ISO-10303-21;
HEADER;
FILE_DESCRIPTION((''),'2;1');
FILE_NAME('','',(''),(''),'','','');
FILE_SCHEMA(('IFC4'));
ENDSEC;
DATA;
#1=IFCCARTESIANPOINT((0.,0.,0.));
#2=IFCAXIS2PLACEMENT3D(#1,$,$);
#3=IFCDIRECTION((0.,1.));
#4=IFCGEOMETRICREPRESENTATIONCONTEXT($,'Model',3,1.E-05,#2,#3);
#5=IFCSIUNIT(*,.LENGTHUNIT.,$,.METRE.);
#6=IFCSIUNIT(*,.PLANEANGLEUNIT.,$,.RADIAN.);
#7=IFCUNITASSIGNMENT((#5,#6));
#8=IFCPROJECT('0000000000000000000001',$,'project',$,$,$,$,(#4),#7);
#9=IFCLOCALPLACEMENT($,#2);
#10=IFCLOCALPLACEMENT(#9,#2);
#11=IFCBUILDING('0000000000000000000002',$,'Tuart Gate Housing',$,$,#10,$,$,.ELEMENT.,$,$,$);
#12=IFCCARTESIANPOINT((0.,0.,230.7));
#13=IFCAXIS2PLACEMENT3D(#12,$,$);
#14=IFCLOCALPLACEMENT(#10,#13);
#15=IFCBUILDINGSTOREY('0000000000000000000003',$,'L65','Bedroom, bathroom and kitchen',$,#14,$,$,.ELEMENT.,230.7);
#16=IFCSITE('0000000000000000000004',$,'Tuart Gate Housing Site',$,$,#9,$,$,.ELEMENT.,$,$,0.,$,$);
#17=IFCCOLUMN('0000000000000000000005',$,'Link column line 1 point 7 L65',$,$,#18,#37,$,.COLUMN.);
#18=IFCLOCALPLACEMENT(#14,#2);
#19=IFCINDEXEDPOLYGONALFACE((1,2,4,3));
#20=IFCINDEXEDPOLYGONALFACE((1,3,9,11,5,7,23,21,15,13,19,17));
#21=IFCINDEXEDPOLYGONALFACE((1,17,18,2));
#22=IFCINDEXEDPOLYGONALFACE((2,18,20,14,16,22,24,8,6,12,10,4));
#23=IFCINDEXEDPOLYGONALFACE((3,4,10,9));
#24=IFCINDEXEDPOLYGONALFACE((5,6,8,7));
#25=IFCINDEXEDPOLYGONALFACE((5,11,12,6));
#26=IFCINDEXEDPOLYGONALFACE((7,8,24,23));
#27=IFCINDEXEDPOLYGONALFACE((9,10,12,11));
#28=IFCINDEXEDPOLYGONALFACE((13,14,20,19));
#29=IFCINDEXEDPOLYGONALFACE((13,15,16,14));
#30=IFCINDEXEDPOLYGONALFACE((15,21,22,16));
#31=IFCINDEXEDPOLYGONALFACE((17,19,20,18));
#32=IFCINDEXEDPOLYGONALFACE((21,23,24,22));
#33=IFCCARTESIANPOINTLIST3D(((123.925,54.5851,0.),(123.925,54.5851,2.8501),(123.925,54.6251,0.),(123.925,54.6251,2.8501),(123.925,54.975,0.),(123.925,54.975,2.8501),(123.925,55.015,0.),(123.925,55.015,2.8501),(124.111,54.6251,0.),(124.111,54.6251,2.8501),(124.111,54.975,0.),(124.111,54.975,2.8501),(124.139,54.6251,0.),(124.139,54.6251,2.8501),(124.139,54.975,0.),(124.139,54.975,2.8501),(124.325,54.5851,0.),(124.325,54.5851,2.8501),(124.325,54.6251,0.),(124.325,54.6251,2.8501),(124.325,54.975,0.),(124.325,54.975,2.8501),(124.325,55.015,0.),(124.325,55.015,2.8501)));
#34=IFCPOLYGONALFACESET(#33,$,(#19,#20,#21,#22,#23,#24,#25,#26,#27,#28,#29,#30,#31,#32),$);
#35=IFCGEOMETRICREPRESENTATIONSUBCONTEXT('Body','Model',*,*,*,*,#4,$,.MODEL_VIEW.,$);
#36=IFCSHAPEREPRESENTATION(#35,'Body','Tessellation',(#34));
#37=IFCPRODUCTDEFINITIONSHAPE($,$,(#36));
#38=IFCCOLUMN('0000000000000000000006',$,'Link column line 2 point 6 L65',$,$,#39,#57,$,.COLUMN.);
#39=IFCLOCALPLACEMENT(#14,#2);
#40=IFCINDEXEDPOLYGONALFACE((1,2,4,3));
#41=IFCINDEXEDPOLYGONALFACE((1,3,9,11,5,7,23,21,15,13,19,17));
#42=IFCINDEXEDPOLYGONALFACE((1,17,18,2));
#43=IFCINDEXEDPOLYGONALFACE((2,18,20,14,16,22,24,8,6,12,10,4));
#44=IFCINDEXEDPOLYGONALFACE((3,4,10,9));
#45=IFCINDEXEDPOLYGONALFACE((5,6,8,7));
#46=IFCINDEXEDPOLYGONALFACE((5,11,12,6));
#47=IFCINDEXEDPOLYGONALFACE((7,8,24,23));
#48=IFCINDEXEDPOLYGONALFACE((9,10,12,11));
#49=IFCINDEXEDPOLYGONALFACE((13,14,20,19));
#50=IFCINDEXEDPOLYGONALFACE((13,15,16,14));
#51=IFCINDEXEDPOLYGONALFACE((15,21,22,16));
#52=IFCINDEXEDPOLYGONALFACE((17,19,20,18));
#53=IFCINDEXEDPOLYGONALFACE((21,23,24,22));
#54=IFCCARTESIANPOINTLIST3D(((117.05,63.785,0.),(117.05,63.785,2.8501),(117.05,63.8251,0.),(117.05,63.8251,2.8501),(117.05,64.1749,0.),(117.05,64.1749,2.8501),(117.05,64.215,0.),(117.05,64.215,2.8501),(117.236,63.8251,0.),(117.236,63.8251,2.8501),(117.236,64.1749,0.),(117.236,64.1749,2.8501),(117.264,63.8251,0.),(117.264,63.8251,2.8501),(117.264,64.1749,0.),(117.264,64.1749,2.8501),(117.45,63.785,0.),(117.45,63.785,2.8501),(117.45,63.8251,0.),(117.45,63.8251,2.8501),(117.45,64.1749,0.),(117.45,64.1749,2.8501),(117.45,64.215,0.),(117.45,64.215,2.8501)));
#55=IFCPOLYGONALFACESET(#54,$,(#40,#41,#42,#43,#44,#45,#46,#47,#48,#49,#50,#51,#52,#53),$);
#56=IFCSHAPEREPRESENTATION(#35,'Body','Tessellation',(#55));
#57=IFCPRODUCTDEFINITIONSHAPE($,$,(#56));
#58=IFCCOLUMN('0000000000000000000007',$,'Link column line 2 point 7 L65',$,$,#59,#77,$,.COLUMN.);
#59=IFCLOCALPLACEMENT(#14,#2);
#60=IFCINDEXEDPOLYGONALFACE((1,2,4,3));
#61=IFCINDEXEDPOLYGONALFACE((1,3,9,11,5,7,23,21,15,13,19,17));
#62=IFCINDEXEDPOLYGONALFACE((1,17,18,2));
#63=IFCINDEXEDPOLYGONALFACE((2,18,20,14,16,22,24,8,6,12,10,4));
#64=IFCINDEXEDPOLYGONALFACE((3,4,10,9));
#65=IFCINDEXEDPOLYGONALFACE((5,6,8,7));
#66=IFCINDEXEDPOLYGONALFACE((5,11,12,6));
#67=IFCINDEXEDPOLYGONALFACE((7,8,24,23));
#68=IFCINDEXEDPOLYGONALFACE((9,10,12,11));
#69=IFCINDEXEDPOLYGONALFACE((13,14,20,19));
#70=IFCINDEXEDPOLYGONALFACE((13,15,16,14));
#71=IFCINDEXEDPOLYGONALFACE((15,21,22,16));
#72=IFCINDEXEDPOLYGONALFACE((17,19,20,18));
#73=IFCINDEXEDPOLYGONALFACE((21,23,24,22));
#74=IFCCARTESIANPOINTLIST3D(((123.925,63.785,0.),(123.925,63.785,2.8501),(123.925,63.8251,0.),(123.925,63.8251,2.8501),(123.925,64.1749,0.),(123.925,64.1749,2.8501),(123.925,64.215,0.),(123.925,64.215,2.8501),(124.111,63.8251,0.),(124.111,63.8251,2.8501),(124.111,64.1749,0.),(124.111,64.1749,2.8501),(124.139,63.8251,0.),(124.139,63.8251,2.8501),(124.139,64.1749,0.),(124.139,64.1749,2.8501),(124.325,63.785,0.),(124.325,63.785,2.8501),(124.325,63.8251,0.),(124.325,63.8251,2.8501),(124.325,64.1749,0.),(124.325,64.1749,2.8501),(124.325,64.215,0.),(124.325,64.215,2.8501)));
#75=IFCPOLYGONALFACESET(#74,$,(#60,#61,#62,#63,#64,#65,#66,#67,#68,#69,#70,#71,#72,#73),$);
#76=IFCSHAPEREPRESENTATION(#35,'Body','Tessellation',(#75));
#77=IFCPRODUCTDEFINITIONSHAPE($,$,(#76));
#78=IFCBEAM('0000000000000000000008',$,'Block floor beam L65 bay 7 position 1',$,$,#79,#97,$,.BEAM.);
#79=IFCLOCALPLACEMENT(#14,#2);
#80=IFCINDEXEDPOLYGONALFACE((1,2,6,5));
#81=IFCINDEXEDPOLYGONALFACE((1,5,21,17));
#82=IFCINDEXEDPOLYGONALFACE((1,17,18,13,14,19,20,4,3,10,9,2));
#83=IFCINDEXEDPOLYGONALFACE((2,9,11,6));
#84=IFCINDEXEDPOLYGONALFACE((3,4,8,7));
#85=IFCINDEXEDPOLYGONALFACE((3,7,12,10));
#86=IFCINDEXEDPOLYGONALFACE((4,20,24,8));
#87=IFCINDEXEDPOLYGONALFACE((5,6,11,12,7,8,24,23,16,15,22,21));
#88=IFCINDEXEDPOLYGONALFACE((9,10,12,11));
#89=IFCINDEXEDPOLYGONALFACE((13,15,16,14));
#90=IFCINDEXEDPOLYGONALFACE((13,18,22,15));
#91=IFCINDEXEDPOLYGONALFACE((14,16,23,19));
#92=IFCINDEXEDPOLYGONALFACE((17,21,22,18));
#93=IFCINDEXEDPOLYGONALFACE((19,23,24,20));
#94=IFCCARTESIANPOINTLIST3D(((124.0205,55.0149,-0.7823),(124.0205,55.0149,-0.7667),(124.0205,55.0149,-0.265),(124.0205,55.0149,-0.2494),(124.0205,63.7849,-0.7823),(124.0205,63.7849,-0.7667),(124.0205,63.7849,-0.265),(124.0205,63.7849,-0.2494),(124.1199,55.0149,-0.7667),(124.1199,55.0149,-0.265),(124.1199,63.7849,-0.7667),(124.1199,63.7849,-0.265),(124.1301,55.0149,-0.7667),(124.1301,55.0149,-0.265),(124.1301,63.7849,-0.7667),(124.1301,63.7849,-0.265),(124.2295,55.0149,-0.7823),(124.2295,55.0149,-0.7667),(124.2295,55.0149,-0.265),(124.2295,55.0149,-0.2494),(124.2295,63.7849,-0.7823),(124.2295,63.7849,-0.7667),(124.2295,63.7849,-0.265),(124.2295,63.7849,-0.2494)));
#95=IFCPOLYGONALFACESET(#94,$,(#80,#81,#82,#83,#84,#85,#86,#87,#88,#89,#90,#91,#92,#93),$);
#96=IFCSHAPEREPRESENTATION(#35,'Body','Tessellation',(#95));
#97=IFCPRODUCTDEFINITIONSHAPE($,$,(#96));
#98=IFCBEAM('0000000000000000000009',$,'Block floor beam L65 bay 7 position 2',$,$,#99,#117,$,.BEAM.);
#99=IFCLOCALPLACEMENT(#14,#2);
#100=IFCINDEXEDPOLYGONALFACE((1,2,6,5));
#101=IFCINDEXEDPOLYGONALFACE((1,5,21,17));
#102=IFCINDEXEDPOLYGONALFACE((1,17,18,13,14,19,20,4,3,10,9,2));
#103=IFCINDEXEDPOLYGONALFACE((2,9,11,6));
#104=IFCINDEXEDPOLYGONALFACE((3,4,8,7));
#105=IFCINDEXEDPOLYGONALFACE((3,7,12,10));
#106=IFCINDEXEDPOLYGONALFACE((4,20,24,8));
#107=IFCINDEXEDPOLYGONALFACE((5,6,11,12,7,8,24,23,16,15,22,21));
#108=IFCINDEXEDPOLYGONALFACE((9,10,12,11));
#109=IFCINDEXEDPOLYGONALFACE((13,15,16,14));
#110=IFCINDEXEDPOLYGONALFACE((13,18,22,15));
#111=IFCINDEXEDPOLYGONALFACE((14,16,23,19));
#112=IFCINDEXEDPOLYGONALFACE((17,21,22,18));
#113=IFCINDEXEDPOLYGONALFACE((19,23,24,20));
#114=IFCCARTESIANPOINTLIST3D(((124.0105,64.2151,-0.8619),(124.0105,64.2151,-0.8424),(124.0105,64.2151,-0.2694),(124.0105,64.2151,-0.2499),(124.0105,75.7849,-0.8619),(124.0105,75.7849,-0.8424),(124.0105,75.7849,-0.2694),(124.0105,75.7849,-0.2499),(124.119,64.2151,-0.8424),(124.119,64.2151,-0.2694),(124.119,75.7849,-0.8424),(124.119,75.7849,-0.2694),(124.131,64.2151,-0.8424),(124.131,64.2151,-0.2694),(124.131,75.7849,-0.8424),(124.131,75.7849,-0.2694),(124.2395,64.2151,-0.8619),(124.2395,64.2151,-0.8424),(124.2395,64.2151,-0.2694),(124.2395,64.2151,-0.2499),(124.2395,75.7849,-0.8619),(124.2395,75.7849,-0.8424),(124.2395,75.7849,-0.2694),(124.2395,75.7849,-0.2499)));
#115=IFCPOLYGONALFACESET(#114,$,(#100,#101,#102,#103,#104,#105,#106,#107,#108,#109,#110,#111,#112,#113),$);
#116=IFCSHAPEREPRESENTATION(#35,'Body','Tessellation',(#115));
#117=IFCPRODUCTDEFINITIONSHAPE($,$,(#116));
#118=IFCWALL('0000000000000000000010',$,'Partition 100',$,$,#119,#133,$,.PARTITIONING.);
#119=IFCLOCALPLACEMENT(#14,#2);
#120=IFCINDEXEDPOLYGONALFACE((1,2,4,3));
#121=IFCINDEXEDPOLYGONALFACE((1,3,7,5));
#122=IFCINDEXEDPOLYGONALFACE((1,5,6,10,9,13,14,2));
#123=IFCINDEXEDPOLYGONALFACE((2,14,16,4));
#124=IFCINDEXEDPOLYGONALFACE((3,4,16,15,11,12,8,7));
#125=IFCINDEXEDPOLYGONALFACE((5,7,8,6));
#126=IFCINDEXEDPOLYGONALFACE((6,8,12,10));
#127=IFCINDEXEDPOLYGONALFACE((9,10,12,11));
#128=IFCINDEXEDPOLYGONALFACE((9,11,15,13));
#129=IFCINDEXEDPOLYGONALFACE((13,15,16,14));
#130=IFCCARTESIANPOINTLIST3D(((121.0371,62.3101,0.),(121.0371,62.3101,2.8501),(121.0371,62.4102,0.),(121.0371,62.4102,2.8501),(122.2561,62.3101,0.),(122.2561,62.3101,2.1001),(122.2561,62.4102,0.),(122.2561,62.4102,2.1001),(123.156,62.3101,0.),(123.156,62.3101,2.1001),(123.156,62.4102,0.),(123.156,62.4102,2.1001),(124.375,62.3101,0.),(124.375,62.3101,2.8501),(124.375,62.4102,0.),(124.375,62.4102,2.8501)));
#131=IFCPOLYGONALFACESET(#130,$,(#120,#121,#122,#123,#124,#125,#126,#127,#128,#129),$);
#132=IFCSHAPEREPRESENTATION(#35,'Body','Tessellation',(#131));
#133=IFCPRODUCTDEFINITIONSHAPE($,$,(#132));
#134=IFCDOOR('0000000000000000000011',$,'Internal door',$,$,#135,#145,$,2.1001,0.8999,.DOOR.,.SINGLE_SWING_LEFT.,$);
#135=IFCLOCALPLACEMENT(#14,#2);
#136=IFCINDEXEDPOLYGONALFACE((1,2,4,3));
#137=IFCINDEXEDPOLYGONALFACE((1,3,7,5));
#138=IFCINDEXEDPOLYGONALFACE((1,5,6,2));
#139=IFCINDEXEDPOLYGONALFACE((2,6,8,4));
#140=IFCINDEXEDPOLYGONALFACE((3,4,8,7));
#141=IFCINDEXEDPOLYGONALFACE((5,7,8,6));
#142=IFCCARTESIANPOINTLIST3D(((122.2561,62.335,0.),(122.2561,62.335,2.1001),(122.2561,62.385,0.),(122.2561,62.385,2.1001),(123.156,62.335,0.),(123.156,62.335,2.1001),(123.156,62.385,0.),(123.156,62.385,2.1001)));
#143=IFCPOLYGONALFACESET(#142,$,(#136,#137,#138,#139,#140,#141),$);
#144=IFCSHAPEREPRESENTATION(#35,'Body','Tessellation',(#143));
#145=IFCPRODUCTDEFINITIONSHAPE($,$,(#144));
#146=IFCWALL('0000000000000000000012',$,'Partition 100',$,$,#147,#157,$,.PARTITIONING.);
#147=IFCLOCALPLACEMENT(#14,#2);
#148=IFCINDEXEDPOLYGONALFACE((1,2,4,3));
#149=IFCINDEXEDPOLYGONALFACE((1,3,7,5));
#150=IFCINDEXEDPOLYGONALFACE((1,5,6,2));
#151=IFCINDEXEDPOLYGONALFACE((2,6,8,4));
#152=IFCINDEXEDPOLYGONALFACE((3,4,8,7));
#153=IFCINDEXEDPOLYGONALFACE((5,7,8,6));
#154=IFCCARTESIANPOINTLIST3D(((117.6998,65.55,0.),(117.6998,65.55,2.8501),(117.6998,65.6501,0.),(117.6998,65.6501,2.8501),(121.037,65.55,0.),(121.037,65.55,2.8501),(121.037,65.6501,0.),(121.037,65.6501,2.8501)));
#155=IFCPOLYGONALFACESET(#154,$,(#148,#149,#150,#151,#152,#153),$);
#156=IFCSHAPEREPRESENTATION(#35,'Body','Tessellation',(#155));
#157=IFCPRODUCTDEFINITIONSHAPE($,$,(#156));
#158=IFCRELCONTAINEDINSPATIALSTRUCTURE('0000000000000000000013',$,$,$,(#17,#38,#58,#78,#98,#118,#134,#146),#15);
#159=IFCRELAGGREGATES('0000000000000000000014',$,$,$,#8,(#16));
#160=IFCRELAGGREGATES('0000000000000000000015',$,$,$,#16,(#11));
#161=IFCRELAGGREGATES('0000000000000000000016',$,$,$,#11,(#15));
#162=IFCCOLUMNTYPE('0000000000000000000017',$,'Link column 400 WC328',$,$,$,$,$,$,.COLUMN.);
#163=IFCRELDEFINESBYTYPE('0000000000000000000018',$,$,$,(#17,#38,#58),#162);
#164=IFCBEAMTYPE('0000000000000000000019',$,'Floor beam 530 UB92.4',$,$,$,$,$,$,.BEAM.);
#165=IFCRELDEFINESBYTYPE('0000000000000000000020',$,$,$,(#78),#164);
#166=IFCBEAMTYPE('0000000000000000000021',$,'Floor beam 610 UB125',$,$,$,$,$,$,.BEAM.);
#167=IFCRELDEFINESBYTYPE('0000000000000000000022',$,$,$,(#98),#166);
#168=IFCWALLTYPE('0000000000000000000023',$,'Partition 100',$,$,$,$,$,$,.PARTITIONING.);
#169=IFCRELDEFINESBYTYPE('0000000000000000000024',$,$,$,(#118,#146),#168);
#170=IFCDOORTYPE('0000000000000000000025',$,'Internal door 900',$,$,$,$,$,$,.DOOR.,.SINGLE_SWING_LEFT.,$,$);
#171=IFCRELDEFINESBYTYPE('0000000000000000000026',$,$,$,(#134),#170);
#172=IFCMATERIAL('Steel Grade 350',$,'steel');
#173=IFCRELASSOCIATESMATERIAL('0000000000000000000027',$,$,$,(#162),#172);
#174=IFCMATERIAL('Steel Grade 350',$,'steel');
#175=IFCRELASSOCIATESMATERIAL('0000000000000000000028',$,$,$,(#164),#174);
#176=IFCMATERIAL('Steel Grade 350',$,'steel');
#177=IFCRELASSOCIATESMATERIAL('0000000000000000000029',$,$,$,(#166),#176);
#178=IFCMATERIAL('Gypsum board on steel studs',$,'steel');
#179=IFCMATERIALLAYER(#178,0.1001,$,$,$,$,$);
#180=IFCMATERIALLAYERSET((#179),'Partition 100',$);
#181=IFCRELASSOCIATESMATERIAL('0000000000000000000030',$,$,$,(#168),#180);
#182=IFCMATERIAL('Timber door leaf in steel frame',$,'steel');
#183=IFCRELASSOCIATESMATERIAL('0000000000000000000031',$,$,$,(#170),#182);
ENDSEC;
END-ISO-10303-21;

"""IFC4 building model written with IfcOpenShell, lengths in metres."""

from ifc_helpers import new_model, si_unit, direction, frame, frame_2d, origin, origin_2d, place, context, subcontext, project, spatial, rectangle, i_section, extrude, material, layer, layer_set, material_profile, profile_set, type_object, element, fill, save


model = new_model("IFC4")

# Units and contexts
model_context = context("Model", 3, precision=1e-05, world=origin(), true_north=direction((0.0, 1.0)))
body_context = subcontext(model_context, "Body", "Model", "MODEL_VIEW")
ifc_project = project(units=[si_unit("LENGTHUNIT", "METRE"), si_unit("PLANEANGLEUNIT", "RADIAN")], contexts=[model_context])

# Site, building, storey
site_placement = place(None, origin())
site = spatial("IfcSite", under=ifc_project, at=site_placement, Name="Tuart Gate Housing Site", CompositionType="ELEMENT", RefElevation=0.0)
building_placement = place(site_placement, origin())
building = spatial("IfcBuilding", under=site, at=building_placement, Name="Tuart Gate Housing", CompositionType="ELEMENT")
storey_placement = place(building_placement, frame((0.0, 0.0, 230.7)))
storey = spatial("IfcBuildingStorey", under=building, at=storey_placement, Name="L65", Description="Bedroom, bathroom and kitchen", CompositionType="ELEMENT", Elevation=230.7)

# Columns
ifc_material_1 = material(Name="Steel Grade 350", Category="steel")
ifc_material_profile_1 = material_profile(ifc_material_1, i_section(OverallWidth=0.3999, OverallDepth=0.4299, WebThickness=0.0281, FlangeThickness=0.04, at=origin_2d()), Name="400WC328")
ifc_profile_set_1 = profile_set([ifc_material_profile_1], Name="Steel Grade 350")
column_type = type_object("IfcColumnType", Name="Link column 400 WC328", PredefinedType="COLUMN", material=ifc_profile_set_1)
for number, where, z_axis, x_axis, name in (
    (1, (124.125, 54.8, 0.0), (0.0, 0.0, 1.0), (1.0, 0.0, 0.0), "Link column line 1 point 7 L65"),
    (2, (117.25, 64.0, 0.0), (0.0, 0.0, 1.0), (1.0, 0.0, 0.0), "Link column line 2 point 6 L65"),
    (3, (124.125, 64.0, 0.0), (0.0, 0.0, 1.0), (1.0, 0.0, 0.0), "Link column line 2 point 7 L65"),
):
    element("IfcColumn", number, at=place(storey_placement, frame(where, z_axis=z_axis, x_axis=x_axis)), inside=storey, type_object=column_type, Name=name, PredefinedType="COLUMN", context=body_context, shape_type="SweptSolid", body=[
        extrude(i_section(OverallWidth=0.3999, OverallDepth=0.4299, WebThickness=0.0281, FlangeThickness=0.04, at=origin_2d()), origin(), (0.0, 0.0, 1.0), 2.8501),
    ])

# Beams
ifc_material_2 = material(Name="Steel Grade 350", Category="steel")
ifc_material_profile_2 = material_profile(ifc_material_2, i_section(OverallWidth=0.209, OverallDepth=0.533, WebThickness=0.0103, FlangeThickness=0.0156, at=origin_2d()), Name="530UB92.4")
ifc_profile_set_2 = profile_set([ifc_material_profile_2], Name="Steel Grade 350")
beam_type_1 = type_object("IfcBeamType", Name="Floor beam 530 UB92.4", PredefinedType="BEAM", material=ifc_profile_set_2)
beam_1_placement = place(storey_placement, frame((124.125, 55.0149, -0.5159), z_axis=(0.0, 1.0, 0.0), x_axis=(-1.0, 0.0, 0.0)))
element("IfcBeam", 4, at=beam_1_placement, inside=storey, type_object=beam_type_1, Name="Block floor beam L65 bay 7 position 1", PredefinedType="BEAM", context=body_context, shape_type="SweptSolid", body=[
    extrude(i_section(OverallWidth=0.209, OverallDepth=0.533, WebThickness=0.0103, FlangeThickness=0.0156, at=origin_2d()), origin(), (0.0, 0.0, 1.0), 8.77),
])
ifc_material_3 = material(Name="Steel Grade 350", Category="steel")
ifc_material_profile_3 = material_profile(ifc_material_3, i_section(OverallWidth=0.229, OverallDepth=0.6121, WebThickness=0.012, FlangeThickness=0.0195, at=origin_2d()), Name="610UB125")
ifc_profile_set_3 = profile_set([ifc_material_profile_3], Name="Steel Grade 350")
beam_type_2 = type_object("IfcBeamType", Name="Floor beam 610 UB125", PredefinedType="BEAM", material=ifc_profile_set_3)
beam_2_placement = place(storey_placement, frame((124.125, 64.2151, -0.5559), z_axis=(0.0, 1.0, 0.0), x_axis=(-1.0, 0.0, 0.0)))
element("IfcBeam", 5, at=beam_2_placement, inside=storey, type_object=beam_type_2, Name="Block floor beam L65 bay 7 position 2", PredefinedType="BEAM", context=body_context, shape_type="SweptSolid", body=[
    extrude(i_section(OverallWidth=0.229, OverallDepth=0.6121, WebThickness=0.012, FlangeThickness=0.0195, at=origin_2d()), origin(), (0.0, 0.0, 1.0), 11.5698),
])

# Wall, opening, door
ifc_material_4 = material(Name="Gypsum board on steel studs", Category="steel")
ifc_layer_1 = layer(ifc_material_4, 0.1001)
ifc_layer_set_1 = layer_set([ifc_layer_1], Name="Partition 100")
wall_type_1 = type_object("IfcWallType", Name="Partition 100", PredefinedType="PARTITIONING", material=ifc_layer_set_1)
wall_1_placement = place(storey_placement, frame((121.0371, 62.3601, 0.0), z_axis=(0.0, 0.0, 1.0), x_axis=(1.0, 0.0, 0.0)))
wall_1 = element("IfcWall", 6, at=wall_1_placement, inside=storey, type_object=wall_type_1, Name="Partition 100", PredefinedType="PARTITIONING", context=body_context, shape_type="SweptSolid", body=[
    extrude(rectangle(XDim=3.3379, YDim=0.1001, at=frame_2d((1.6689, 0.0))), origin(), (0.0, 0.0, 1.0), 2.8501),
])
opening_1_placement = place(wall_1_placement, frame((1.219, 0.0, 0.0)))
opening_1 = element("IfcOpeningElement", 7, at=opening_1_placement, cuts=wall_1, PredefinedType="OPENING", context=body_context, shape_type="SweptSolid", body=[
    extrude(rectangle(XDim=0.8999, YDim=2.1001, at=frame_2d((0.45, 1.05))), frame((0.0, 0.0601, 0.0), z_axis=(0.0, -1.0, 0.0), x_axis=(1.0, 0.0, 0.0)), (0.0, 0.0, 1.0), 0.1201),
])
ifc_material_5 = material(Name="Timber door leaf in steel frame", Category="steel")
door_type_1 = type_object("IfcDoorType", Name="Internal door 900", OperationType="SINGLE_SWING_LEFT", PredefinedType="DOOR", material=ifc_material_5)
door_1_placement = place(opening_1_placement, origin())
door_1 = element("IfcDoor", 8, at=door_1_placement, inside=storey, type_object=door_type_1, Name="Internal door", OperationType="SINGLE_SWING_LEFT", OverallHeight=2.1001, OverallWidth=0.8999, PredefinedType="DOOR", context=body_context, shape_type="SweptSolid", body=[
    extrude(rectangle(XDim=0.8999, YDim=2.1001, at=frame_2d((0.45, 1.05))), frame((0.0, 0.0249, 0.0), z_axis=(0.0, -1.0, 0.0), x_axis=(1.0, 0.0, 0.0)), (0.0, 0.0, 1.0), 0.05),
])
fill(opening_1, door_1)

# Wall
wall_2_placement = place(storey_placement, frame((117.7, 65.6001, 0.0), z_axis=(0.0, 0.0, 1.0), x_axis=(1.0, 0.0, 0.0)))
element("IfcWall", 9, at=wall_2_placement, inside=storey, type_object=wall_type_1, Name="Partition 100", PredefinedType="PARTITIONING", context=body_context, shape_type="SweptSolid", body=[
    extrude(rectangle(XDim=3.3372, YDim=0.1001, at=frame_2d((1.6685, 0.0))), origin(), (0.0, 0.0, 1.0), 2.8501),
])

save(model, "model.ifc")
